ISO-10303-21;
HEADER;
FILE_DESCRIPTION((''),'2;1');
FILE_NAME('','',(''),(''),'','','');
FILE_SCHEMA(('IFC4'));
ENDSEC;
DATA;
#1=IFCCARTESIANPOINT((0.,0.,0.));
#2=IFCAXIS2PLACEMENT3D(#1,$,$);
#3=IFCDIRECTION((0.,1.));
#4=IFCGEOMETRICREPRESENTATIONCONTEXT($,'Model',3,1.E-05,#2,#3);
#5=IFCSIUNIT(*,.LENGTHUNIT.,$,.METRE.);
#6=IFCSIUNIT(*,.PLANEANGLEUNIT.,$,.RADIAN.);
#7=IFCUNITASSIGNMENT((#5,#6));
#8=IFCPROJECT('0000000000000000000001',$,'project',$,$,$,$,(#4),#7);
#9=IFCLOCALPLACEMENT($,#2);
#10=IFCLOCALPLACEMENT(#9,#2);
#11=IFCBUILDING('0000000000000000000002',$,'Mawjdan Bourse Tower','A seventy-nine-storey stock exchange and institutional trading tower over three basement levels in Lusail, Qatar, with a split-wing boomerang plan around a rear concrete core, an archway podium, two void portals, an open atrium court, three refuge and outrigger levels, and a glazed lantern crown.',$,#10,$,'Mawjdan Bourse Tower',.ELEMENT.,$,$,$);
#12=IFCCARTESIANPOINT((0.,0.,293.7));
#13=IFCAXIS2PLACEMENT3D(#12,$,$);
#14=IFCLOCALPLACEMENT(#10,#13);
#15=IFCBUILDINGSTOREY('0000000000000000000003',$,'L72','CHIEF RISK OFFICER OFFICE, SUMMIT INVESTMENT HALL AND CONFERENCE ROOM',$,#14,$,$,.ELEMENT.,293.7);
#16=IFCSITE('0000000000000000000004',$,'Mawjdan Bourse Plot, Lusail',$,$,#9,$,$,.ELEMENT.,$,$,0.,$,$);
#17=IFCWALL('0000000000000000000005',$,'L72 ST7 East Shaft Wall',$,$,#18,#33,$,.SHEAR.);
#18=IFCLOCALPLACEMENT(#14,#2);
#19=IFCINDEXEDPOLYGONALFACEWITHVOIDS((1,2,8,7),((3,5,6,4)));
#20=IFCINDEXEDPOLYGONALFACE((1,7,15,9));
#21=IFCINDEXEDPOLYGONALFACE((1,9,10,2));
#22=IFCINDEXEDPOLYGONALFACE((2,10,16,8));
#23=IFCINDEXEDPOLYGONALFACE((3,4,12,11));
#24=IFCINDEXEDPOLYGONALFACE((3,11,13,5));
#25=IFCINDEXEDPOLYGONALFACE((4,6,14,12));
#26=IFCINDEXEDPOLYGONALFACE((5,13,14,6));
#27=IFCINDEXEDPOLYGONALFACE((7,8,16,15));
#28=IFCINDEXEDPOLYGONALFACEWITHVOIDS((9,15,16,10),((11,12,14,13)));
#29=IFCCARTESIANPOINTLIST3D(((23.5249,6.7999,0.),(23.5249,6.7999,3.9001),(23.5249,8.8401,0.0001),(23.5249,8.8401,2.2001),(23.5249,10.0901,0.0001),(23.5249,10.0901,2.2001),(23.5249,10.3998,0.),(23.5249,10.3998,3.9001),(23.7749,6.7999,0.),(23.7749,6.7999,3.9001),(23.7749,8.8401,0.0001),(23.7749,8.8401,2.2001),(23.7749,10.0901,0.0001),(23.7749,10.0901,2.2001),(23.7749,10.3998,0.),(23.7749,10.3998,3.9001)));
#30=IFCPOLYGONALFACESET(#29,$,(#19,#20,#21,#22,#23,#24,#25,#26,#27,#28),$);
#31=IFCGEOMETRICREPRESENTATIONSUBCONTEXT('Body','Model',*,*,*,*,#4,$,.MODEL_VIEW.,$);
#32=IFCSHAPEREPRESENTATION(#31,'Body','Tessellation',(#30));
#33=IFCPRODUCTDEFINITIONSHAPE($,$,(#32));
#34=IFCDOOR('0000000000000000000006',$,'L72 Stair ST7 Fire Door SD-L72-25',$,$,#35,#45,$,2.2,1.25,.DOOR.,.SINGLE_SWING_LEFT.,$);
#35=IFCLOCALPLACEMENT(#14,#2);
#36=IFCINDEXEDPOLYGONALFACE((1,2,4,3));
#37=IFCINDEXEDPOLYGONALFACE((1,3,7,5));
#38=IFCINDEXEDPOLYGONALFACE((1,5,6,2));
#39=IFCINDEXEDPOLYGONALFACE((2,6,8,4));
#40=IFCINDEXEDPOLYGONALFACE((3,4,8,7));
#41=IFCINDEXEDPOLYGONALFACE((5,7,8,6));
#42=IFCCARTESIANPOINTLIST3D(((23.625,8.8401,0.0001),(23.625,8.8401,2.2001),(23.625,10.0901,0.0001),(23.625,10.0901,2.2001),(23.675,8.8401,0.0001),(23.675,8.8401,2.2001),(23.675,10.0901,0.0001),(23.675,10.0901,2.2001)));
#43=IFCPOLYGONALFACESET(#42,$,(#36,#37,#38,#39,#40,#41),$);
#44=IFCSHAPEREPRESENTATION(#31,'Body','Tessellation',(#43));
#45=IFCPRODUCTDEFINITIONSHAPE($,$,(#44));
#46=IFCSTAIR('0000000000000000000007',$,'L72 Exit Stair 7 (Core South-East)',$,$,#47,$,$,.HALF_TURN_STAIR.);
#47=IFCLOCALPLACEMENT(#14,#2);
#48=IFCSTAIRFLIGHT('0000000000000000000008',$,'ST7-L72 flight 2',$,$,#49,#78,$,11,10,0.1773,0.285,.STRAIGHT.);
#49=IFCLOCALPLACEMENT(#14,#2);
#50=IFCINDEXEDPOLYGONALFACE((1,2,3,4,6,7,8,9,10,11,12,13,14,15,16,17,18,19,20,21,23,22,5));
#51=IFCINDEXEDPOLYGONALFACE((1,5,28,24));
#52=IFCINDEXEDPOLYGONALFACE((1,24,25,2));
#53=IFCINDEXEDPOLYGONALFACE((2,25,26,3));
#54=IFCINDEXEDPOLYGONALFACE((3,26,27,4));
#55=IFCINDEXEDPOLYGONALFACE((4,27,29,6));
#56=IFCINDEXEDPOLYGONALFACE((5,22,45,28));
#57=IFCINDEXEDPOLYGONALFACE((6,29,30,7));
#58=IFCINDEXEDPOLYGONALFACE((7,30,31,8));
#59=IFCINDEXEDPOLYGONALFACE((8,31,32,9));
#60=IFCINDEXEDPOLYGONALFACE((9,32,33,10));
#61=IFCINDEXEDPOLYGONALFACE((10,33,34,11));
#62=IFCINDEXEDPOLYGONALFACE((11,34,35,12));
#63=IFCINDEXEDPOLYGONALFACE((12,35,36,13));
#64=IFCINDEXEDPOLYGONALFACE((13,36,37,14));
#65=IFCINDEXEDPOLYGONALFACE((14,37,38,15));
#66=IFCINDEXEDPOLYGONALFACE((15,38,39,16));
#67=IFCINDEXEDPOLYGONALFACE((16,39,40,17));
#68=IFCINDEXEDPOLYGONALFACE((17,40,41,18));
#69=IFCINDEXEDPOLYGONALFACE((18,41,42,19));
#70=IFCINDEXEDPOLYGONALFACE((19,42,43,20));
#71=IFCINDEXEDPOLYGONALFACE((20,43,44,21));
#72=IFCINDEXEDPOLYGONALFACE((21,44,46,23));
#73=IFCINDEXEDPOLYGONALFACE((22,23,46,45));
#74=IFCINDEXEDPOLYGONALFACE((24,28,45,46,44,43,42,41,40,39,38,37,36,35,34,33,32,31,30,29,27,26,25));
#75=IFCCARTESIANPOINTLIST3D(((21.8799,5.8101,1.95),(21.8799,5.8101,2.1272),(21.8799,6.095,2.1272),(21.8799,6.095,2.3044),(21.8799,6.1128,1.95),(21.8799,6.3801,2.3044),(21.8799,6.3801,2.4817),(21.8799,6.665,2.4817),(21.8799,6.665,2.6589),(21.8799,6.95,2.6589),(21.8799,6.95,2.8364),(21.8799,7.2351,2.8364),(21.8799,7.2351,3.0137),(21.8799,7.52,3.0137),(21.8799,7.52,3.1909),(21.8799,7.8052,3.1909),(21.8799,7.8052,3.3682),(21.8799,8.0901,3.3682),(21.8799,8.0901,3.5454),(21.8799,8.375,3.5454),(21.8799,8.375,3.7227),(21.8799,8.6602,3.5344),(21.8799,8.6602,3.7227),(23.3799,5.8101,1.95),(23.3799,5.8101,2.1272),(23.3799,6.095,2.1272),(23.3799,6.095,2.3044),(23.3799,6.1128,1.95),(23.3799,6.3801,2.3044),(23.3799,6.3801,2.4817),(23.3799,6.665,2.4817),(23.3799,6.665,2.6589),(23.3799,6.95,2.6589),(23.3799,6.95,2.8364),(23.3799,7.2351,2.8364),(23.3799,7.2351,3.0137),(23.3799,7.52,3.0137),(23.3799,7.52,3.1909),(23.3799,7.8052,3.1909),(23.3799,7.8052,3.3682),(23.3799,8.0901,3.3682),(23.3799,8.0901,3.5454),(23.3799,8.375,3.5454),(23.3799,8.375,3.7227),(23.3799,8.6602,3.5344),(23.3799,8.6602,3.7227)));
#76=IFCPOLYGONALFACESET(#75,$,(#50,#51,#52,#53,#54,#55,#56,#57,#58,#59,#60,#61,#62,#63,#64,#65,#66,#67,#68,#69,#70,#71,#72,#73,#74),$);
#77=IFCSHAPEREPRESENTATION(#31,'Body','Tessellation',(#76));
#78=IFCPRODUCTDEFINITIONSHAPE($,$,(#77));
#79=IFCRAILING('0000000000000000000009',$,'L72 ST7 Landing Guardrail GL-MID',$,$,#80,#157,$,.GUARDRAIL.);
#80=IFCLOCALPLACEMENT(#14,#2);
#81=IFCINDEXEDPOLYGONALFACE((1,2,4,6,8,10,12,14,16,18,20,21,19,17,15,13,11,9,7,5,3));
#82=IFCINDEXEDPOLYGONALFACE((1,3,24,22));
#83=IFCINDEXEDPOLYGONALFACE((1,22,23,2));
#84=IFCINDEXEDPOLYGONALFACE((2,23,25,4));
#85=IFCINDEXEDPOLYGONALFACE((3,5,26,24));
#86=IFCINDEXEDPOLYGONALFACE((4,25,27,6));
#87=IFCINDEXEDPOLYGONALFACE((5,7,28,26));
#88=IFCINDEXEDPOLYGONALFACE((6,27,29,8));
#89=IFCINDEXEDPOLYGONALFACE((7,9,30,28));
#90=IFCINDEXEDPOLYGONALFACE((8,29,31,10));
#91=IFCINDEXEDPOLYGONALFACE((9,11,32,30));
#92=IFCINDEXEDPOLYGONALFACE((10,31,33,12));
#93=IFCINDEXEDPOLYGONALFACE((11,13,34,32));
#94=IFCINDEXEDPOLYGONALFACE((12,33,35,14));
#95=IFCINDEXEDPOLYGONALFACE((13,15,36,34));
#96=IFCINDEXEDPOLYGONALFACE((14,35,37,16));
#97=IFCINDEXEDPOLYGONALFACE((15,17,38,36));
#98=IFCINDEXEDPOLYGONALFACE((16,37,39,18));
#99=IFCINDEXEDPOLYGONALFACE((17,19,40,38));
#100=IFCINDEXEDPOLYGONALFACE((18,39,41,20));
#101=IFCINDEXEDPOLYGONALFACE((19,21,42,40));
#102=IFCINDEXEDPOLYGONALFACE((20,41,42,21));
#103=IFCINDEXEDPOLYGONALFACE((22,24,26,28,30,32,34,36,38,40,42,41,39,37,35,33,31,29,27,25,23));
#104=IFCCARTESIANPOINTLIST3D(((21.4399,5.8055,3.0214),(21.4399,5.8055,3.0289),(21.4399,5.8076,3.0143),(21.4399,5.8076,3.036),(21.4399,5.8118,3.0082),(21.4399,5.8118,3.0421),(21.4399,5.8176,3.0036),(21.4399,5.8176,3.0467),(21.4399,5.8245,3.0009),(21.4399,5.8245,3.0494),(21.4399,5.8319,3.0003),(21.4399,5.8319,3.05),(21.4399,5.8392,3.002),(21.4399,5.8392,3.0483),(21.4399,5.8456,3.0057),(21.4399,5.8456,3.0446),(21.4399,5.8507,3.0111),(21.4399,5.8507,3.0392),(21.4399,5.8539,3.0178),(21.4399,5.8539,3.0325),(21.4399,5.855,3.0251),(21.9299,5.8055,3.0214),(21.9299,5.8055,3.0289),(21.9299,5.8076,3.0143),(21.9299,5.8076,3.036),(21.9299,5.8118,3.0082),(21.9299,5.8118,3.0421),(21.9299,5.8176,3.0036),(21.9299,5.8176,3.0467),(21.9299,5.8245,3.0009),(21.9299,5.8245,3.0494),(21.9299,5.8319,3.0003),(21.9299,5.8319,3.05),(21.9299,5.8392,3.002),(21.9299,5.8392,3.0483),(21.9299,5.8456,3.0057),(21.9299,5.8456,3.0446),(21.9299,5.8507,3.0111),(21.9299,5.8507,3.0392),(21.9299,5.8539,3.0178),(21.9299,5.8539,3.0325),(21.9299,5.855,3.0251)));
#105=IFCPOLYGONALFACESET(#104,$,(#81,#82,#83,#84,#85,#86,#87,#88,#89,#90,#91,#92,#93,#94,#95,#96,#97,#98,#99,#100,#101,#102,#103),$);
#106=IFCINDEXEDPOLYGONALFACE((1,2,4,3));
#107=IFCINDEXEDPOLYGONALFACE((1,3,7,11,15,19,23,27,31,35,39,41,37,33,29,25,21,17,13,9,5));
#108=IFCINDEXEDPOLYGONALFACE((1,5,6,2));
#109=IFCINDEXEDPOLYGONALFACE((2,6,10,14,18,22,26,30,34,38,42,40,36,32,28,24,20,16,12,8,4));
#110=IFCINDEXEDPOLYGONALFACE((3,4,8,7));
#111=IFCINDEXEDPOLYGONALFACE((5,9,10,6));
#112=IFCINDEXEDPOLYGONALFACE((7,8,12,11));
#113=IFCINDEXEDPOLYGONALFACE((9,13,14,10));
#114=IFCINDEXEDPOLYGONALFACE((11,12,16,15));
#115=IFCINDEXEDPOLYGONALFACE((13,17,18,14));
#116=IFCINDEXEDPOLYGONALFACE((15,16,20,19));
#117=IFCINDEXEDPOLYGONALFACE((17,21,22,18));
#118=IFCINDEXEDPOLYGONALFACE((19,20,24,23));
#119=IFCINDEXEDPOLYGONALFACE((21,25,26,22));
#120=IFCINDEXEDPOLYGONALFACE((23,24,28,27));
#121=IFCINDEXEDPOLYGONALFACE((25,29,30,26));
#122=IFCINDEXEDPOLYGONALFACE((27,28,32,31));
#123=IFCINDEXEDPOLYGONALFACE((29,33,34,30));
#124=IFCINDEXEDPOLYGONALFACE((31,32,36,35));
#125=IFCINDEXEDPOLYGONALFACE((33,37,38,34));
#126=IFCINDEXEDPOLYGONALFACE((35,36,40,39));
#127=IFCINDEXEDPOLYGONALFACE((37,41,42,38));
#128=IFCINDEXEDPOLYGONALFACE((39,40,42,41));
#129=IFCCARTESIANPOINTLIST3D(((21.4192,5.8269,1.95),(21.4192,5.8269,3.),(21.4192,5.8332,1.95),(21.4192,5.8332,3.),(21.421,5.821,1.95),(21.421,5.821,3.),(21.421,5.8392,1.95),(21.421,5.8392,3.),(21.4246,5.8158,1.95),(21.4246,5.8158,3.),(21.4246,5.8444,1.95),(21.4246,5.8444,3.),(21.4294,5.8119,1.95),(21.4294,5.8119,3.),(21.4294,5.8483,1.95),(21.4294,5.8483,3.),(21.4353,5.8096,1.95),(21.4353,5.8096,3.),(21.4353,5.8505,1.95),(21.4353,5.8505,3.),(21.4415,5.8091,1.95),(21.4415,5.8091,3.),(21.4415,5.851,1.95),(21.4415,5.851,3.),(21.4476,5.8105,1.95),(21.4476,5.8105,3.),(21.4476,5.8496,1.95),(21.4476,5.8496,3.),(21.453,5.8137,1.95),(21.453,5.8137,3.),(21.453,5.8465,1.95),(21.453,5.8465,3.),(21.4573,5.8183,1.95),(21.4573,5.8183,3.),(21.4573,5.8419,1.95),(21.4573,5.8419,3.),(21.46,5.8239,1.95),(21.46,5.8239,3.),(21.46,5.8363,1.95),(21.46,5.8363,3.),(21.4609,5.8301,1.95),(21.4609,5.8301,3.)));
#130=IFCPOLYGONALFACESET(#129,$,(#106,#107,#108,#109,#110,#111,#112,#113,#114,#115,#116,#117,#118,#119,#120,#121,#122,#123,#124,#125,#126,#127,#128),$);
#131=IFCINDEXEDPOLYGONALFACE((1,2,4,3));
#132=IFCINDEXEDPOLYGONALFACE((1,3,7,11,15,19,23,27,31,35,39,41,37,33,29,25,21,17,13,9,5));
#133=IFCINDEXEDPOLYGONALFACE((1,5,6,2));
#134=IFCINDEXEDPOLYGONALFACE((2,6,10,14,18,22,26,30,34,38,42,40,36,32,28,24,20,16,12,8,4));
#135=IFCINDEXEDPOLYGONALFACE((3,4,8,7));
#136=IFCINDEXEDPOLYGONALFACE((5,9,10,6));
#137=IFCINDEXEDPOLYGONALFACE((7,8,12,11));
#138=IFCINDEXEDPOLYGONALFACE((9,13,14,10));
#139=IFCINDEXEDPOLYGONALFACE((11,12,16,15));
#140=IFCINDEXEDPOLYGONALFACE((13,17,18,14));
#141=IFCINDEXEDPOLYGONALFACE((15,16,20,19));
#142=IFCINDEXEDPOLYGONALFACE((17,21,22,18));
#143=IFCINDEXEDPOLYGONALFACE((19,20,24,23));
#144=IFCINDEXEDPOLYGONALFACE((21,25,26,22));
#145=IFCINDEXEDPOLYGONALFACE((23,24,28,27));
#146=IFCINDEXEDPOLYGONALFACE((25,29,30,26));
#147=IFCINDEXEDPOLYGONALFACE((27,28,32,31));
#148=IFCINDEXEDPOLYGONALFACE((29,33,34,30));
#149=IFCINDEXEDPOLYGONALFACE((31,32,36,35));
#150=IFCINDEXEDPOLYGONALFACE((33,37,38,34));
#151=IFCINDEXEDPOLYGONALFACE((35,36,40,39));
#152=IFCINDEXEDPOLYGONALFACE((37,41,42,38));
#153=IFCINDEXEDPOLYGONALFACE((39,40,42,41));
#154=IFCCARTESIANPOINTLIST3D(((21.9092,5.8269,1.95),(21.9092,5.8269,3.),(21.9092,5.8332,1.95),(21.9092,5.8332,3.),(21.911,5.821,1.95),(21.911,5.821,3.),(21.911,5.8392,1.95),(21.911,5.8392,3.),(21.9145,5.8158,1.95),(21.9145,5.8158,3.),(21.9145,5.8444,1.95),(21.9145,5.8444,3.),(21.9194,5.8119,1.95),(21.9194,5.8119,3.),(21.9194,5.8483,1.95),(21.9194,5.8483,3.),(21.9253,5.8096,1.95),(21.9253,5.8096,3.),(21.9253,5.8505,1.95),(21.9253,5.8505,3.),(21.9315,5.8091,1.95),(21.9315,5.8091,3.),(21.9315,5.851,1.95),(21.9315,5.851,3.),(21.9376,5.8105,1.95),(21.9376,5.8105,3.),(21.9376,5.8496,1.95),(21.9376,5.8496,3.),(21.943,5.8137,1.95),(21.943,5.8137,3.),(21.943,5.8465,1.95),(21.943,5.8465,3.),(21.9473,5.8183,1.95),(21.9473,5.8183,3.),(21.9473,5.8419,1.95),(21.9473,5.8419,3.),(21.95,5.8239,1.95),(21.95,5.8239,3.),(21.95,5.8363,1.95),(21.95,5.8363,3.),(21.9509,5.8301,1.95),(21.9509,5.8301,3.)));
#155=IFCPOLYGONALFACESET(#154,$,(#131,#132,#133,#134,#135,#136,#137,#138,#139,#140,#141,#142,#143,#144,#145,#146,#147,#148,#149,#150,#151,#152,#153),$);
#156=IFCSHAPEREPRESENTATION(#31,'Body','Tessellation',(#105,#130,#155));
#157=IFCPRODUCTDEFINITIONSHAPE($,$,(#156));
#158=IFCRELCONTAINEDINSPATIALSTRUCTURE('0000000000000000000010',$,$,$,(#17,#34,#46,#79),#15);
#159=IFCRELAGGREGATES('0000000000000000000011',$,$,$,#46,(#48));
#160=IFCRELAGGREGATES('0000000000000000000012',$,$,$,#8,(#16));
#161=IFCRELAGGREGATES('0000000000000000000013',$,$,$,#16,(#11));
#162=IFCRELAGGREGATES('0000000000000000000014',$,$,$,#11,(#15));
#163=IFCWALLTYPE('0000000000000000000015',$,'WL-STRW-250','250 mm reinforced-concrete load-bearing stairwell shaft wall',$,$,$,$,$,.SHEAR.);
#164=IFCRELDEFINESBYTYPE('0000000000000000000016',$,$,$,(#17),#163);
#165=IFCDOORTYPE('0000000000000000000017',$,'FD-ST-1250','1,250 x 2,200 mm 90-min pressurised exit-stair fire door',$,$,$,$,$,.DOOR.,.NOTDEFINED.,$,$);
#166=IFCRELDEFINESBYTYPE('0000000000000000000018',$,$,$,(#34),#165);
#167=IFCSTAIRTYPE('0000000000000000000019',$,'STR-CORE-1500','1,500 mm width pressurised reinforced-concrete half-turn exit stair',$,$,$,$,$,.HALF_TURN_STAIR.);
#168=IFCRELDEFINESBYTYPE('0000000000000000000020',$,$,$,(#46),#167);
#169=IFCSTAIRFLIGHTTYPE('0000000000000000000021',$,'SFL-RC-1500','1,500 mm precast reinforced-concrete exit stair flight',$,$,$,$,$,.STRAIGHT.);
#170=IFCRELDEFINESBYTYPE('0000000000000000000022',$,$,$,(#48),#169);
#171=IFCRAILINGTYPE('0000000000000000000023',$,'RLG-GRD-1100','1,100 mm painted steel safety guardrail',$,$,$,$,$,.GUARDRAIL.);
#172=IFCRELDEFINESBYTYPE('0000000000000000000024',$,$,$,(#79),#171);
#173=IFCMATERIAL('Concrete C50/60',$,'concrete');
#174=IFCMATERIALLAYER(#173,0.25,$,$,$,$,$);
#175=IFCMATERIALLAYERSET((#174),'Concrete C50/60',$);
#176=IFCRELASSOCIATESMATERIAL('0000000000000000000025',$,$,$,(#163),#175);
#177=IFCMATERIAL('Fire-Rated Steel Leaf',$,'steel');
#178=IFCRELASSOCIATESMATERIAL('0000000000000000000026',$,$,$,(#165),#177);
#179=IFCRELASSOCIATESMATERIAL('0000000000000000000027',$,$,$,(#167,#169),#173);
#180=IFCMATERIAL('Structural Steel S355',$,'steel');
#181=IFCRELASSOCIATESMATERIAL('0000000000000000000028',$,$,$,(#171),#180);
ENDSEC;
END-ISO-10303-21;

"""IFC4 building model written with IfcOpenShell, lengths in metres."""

from ifc_helpers import new_model, si_unit, direction, frame, frame_2d, origin, origin_2d, place, context, subcontext, project, spatial, polyline, rectangle, circle, outline, extrude, material, layer, layer_set, type_object, element, fill, aggregate, save


model = new_model("IFC4")

# Units and contexts
model_context = context("Model", 3, precision=1e-05, world=origin(), true_north=direction((0.0, 1.0)))
body_context = subcontext(model_context, "Body", "Model", "MODEL_VIEW")
ifc_project = project(units=[si_unit("LENGTHUNIT", "METRE"), si_unit("PLANEANGLEUNIT", "RADIAN")], contexts=[model_context])

# Site, building, storey
site_placement = place(None, origin())
site = spatial("IfcSite", under=ifc_project, at=site_placement, Name="Mawjdan Bourse Plot, Lusail", CompositionType="ELEMENT", RefElevation=0.0)
building_placement = place(site_placement, origin())
building = spatial("IfcBuilding", under=site, at=building_placement, Name="Mawjdan Bourse Tower", Description="A seventy-nine-storey stock exchange and institutional trading tower over three basement levels in Lusail, Qatar, with a split-wing boomerang plan around a rear concrete core, an archway podium, two void portals, an open atrium court, three refuge and outrigger levels, and a glazed lantern crown.", LongName="Mawjdan Bourse Tower", CompositionType="ELEMENT")
storey_placement = place(building_placement, frame((0.0, 0.0, 293.7)))
storey = spatial("IfcBuildingStorey", under=building, at=storey_placement, Name="L72", Description="CHIEF RISK OFFICER OFFICE, SUMMIT INVESTMENT HALL AND CONFERENCE ROOM", CompositionType="ELEMENT", Elevation=293.7)

# Shared definitions
ifc_material_1 = material(Name="Structural Steel S355", Category="steel")

# Wall, opening, door
ifc_material_2 = material(Name="Concrete C50/60", Category="concrete")
ifc_layer_1 = layer(ifc_material_2, 0.25)
ifc_layer_set_1 = layer_set([ifc_layer_1], Name="Concrete C50/60")
wall_type_1 = type_object("IfcWallType", Name="WL-STRW-250", Description="250 mm reinforced-concrete load-bearing stairwell shaft wall", PredefinedType="SHEAR", material=ifc_layer_set_1)
wall_1_placement = place(storey_placement, frame((23.6499, 6.8, 0.0), z_axis=(0.0, 0.0, 1.0), x_axis=(0.0, 1.0, 0.0)))
wall_1 = element("IfcWall", 1, at=wall_1_placement, inside=storey, type_object=wall_type_1, Name="L72 ST7 East Shaft Wall", PredefinedType="SHEAR", context=body_context, shape_type="SweptSolid", body=[
    extrude(rectangle(XDim=3.5999, YDim=0.25, at=frame_2d((1.7998, 0.0))), origin(), (0.0, 0.0, 1.0), 3.9001),
])
opening_1_placement = place(wall_1_placement, frame((2.04, 0.0, 0.0)))
opening_1 = element("IfcOpeningElement", 2, at=opening_1_placement, cuts=wall_1, PredefinedType="OPENING", context=body_context, shape_type="SweptSolid", body=[
    extrude(rectangle(XDim=1.25, YDim=2.2, at=frame_2d((0.625, 1.1001))), frame((0.0, 0.135, 0.0), z_axis=(0.0, -1.0, 0.0), x_axis=(1.0, 0.0, 0.0)), (0.0, 0.0, 1.0), 0.27),
])
ifc_material_3 = material(Name="Fire-Rated Steel Leaf", Category="steel")
door_type_1 = type_object("IfcDoorType", Name="FD-ST-1250", Description="1,250 x 2,200 mm 90-min pressurised exit-stair fire door", OperationType="NOTDEFINED", PredefinedType="DOOR", material=ifc_material_3)
door_1_placement = place(opening_1_placement, origin())
door_1 = element("IfcDoor", 3, at=door_1_placement, inside=storey, type_object=door_type_1, Name="L72 Stair ST7 Fire Door SD-L72-25", OperationType="SINGLE_SWING_LEFT", OverallHeight=2.2, OverallWidth=1.25, PredefinedType="DOOR", context=body_context, shape_type="SweptSolid", body=[
    extrude(rectangle(XDim=1.25, YDim=2.2, at=frame_2d((0.625, 1.1001))), frame((0.0, 0.0249, 0.0), z_axis=(0.0, -1.0, 0.0), x_axis=(1.0, 0.0, 0.0)), (0.0, 0.0, 1.0), 0.05),
])
fill(opening_1, door_1)

# Stair, stair flight
stair_type = type_object("IfcStairType", Name="STR-CORE-1500", Description="1,500 mm width pressurised reinforced-concrete half-turn exit stair", PredefinedType="HALF_TURN_STAIR", material=ifc_material_2)
stair_placement = place(storey_placement, origin())
stair = element("IfcStair", 4, at=stair_placement, inside=storey, type_object=stair_type, Name="L72 Exit Stair 7 (Core South-East)", PredefinedType="HALF_TURN_STAIR")
stair_flight_type = type_object("IfcStairFlightType", Name="SFL-RC-1500", Description="1,500 mm precast reinforced-concrete exit stair flight", PredefinedType="STRAIGHT", material=ifc_material_2)
stair_flight_placement = place(storey_placement, frame((22.6299, 5.8101, 1.95), z_axis=(0.0, 0.0, 1.0), x_axis=(0.0, 1.0, 0.0)))
stair_flight = element("IfcStairFlight", 5, at=stair_flight_placement, type_object=stair_flight_type, Name="ST7-L72 flight 2", NumberOfRisers=11, NumberOfTreads=10, PredefinedType="STRAIGHT", RiserHeight=0.1773, TreadLength=0.285, context=body_context, shape_type="SweptSolid", body=[
    extrude(outline(polyline([(0.0, 0.0), (0.0, 0.1772), (0.2849, 0.1772), (0.2849, 0.3545), (0.5701, 0.3545), (0.5701, 0.5317), (0.855, 0.5317), (0.855, 0.709), (1.1399, 0.709), (1.1399, 0.8865), (1.425, 0.8865), (1.425, 1.0637), (1.71, 1.0637), (1.71, 1.241), (1.9951, 1.241), (1.9951, 1.4182), (2.28, 1.4182), (2.28, 1.5955), (2.5649, 1.5955), (2.5649, 1.7727), (2.8501, 1.7727), (2.8501, 1.95), (2.8501, 1.5845), (0.3027, 0.0), (0.0, 0.0)])), frame((0.0, 0.75, 0.0), z_axis=(0.0, -1.0, 0.0), x_axis=(1.0, 0.0, 0.0)), (0.0, 0.0, 1.0), 1.5),
])
aggregate(stair, [stair_flight])

# Railing
railing_type_1 = type_object("IfcRailingType", Name="RLG-GRD-1100", Description="1,100 mm painted steel safety guardrail", PredefinedType="GUARDRAIL", material=ifc_material_1)
for number, where, name in (
    (6, (21.4399, 5.8301, 1.95), "L72 ST7 Landing Guardrail GL-MID"),
):
    element("IfcRailing", number, at=place(storey_placement, frame(where)), inside=storey, type_object=railing_type_1, Name=name, PredefinedType="GUARDRAIL", context=body_context, shape_type="SweptSolid", body=[
        extrude(circle(Radius=0.0249, at=origin_2d()), frame((0.0, 0.0, 1.0752), z_axis=(1.0, 0.0, 0.0), x_axis=(0.0, 1.0, 0.0)), (0.0, 0.0, 1.0), 0.49),
        extrude(circle(Radius=0.021, at=origin_2d()), origin(), (0.0, 0.0, 1.0), 1.05),
        extrude(circle(Radius=0.021, at=origin_2d()), frame((0.49, 0.0, 0.0)), (0.0, 0.0, 1.0), 1.05),
    ])

save(model, "model.ifc")
